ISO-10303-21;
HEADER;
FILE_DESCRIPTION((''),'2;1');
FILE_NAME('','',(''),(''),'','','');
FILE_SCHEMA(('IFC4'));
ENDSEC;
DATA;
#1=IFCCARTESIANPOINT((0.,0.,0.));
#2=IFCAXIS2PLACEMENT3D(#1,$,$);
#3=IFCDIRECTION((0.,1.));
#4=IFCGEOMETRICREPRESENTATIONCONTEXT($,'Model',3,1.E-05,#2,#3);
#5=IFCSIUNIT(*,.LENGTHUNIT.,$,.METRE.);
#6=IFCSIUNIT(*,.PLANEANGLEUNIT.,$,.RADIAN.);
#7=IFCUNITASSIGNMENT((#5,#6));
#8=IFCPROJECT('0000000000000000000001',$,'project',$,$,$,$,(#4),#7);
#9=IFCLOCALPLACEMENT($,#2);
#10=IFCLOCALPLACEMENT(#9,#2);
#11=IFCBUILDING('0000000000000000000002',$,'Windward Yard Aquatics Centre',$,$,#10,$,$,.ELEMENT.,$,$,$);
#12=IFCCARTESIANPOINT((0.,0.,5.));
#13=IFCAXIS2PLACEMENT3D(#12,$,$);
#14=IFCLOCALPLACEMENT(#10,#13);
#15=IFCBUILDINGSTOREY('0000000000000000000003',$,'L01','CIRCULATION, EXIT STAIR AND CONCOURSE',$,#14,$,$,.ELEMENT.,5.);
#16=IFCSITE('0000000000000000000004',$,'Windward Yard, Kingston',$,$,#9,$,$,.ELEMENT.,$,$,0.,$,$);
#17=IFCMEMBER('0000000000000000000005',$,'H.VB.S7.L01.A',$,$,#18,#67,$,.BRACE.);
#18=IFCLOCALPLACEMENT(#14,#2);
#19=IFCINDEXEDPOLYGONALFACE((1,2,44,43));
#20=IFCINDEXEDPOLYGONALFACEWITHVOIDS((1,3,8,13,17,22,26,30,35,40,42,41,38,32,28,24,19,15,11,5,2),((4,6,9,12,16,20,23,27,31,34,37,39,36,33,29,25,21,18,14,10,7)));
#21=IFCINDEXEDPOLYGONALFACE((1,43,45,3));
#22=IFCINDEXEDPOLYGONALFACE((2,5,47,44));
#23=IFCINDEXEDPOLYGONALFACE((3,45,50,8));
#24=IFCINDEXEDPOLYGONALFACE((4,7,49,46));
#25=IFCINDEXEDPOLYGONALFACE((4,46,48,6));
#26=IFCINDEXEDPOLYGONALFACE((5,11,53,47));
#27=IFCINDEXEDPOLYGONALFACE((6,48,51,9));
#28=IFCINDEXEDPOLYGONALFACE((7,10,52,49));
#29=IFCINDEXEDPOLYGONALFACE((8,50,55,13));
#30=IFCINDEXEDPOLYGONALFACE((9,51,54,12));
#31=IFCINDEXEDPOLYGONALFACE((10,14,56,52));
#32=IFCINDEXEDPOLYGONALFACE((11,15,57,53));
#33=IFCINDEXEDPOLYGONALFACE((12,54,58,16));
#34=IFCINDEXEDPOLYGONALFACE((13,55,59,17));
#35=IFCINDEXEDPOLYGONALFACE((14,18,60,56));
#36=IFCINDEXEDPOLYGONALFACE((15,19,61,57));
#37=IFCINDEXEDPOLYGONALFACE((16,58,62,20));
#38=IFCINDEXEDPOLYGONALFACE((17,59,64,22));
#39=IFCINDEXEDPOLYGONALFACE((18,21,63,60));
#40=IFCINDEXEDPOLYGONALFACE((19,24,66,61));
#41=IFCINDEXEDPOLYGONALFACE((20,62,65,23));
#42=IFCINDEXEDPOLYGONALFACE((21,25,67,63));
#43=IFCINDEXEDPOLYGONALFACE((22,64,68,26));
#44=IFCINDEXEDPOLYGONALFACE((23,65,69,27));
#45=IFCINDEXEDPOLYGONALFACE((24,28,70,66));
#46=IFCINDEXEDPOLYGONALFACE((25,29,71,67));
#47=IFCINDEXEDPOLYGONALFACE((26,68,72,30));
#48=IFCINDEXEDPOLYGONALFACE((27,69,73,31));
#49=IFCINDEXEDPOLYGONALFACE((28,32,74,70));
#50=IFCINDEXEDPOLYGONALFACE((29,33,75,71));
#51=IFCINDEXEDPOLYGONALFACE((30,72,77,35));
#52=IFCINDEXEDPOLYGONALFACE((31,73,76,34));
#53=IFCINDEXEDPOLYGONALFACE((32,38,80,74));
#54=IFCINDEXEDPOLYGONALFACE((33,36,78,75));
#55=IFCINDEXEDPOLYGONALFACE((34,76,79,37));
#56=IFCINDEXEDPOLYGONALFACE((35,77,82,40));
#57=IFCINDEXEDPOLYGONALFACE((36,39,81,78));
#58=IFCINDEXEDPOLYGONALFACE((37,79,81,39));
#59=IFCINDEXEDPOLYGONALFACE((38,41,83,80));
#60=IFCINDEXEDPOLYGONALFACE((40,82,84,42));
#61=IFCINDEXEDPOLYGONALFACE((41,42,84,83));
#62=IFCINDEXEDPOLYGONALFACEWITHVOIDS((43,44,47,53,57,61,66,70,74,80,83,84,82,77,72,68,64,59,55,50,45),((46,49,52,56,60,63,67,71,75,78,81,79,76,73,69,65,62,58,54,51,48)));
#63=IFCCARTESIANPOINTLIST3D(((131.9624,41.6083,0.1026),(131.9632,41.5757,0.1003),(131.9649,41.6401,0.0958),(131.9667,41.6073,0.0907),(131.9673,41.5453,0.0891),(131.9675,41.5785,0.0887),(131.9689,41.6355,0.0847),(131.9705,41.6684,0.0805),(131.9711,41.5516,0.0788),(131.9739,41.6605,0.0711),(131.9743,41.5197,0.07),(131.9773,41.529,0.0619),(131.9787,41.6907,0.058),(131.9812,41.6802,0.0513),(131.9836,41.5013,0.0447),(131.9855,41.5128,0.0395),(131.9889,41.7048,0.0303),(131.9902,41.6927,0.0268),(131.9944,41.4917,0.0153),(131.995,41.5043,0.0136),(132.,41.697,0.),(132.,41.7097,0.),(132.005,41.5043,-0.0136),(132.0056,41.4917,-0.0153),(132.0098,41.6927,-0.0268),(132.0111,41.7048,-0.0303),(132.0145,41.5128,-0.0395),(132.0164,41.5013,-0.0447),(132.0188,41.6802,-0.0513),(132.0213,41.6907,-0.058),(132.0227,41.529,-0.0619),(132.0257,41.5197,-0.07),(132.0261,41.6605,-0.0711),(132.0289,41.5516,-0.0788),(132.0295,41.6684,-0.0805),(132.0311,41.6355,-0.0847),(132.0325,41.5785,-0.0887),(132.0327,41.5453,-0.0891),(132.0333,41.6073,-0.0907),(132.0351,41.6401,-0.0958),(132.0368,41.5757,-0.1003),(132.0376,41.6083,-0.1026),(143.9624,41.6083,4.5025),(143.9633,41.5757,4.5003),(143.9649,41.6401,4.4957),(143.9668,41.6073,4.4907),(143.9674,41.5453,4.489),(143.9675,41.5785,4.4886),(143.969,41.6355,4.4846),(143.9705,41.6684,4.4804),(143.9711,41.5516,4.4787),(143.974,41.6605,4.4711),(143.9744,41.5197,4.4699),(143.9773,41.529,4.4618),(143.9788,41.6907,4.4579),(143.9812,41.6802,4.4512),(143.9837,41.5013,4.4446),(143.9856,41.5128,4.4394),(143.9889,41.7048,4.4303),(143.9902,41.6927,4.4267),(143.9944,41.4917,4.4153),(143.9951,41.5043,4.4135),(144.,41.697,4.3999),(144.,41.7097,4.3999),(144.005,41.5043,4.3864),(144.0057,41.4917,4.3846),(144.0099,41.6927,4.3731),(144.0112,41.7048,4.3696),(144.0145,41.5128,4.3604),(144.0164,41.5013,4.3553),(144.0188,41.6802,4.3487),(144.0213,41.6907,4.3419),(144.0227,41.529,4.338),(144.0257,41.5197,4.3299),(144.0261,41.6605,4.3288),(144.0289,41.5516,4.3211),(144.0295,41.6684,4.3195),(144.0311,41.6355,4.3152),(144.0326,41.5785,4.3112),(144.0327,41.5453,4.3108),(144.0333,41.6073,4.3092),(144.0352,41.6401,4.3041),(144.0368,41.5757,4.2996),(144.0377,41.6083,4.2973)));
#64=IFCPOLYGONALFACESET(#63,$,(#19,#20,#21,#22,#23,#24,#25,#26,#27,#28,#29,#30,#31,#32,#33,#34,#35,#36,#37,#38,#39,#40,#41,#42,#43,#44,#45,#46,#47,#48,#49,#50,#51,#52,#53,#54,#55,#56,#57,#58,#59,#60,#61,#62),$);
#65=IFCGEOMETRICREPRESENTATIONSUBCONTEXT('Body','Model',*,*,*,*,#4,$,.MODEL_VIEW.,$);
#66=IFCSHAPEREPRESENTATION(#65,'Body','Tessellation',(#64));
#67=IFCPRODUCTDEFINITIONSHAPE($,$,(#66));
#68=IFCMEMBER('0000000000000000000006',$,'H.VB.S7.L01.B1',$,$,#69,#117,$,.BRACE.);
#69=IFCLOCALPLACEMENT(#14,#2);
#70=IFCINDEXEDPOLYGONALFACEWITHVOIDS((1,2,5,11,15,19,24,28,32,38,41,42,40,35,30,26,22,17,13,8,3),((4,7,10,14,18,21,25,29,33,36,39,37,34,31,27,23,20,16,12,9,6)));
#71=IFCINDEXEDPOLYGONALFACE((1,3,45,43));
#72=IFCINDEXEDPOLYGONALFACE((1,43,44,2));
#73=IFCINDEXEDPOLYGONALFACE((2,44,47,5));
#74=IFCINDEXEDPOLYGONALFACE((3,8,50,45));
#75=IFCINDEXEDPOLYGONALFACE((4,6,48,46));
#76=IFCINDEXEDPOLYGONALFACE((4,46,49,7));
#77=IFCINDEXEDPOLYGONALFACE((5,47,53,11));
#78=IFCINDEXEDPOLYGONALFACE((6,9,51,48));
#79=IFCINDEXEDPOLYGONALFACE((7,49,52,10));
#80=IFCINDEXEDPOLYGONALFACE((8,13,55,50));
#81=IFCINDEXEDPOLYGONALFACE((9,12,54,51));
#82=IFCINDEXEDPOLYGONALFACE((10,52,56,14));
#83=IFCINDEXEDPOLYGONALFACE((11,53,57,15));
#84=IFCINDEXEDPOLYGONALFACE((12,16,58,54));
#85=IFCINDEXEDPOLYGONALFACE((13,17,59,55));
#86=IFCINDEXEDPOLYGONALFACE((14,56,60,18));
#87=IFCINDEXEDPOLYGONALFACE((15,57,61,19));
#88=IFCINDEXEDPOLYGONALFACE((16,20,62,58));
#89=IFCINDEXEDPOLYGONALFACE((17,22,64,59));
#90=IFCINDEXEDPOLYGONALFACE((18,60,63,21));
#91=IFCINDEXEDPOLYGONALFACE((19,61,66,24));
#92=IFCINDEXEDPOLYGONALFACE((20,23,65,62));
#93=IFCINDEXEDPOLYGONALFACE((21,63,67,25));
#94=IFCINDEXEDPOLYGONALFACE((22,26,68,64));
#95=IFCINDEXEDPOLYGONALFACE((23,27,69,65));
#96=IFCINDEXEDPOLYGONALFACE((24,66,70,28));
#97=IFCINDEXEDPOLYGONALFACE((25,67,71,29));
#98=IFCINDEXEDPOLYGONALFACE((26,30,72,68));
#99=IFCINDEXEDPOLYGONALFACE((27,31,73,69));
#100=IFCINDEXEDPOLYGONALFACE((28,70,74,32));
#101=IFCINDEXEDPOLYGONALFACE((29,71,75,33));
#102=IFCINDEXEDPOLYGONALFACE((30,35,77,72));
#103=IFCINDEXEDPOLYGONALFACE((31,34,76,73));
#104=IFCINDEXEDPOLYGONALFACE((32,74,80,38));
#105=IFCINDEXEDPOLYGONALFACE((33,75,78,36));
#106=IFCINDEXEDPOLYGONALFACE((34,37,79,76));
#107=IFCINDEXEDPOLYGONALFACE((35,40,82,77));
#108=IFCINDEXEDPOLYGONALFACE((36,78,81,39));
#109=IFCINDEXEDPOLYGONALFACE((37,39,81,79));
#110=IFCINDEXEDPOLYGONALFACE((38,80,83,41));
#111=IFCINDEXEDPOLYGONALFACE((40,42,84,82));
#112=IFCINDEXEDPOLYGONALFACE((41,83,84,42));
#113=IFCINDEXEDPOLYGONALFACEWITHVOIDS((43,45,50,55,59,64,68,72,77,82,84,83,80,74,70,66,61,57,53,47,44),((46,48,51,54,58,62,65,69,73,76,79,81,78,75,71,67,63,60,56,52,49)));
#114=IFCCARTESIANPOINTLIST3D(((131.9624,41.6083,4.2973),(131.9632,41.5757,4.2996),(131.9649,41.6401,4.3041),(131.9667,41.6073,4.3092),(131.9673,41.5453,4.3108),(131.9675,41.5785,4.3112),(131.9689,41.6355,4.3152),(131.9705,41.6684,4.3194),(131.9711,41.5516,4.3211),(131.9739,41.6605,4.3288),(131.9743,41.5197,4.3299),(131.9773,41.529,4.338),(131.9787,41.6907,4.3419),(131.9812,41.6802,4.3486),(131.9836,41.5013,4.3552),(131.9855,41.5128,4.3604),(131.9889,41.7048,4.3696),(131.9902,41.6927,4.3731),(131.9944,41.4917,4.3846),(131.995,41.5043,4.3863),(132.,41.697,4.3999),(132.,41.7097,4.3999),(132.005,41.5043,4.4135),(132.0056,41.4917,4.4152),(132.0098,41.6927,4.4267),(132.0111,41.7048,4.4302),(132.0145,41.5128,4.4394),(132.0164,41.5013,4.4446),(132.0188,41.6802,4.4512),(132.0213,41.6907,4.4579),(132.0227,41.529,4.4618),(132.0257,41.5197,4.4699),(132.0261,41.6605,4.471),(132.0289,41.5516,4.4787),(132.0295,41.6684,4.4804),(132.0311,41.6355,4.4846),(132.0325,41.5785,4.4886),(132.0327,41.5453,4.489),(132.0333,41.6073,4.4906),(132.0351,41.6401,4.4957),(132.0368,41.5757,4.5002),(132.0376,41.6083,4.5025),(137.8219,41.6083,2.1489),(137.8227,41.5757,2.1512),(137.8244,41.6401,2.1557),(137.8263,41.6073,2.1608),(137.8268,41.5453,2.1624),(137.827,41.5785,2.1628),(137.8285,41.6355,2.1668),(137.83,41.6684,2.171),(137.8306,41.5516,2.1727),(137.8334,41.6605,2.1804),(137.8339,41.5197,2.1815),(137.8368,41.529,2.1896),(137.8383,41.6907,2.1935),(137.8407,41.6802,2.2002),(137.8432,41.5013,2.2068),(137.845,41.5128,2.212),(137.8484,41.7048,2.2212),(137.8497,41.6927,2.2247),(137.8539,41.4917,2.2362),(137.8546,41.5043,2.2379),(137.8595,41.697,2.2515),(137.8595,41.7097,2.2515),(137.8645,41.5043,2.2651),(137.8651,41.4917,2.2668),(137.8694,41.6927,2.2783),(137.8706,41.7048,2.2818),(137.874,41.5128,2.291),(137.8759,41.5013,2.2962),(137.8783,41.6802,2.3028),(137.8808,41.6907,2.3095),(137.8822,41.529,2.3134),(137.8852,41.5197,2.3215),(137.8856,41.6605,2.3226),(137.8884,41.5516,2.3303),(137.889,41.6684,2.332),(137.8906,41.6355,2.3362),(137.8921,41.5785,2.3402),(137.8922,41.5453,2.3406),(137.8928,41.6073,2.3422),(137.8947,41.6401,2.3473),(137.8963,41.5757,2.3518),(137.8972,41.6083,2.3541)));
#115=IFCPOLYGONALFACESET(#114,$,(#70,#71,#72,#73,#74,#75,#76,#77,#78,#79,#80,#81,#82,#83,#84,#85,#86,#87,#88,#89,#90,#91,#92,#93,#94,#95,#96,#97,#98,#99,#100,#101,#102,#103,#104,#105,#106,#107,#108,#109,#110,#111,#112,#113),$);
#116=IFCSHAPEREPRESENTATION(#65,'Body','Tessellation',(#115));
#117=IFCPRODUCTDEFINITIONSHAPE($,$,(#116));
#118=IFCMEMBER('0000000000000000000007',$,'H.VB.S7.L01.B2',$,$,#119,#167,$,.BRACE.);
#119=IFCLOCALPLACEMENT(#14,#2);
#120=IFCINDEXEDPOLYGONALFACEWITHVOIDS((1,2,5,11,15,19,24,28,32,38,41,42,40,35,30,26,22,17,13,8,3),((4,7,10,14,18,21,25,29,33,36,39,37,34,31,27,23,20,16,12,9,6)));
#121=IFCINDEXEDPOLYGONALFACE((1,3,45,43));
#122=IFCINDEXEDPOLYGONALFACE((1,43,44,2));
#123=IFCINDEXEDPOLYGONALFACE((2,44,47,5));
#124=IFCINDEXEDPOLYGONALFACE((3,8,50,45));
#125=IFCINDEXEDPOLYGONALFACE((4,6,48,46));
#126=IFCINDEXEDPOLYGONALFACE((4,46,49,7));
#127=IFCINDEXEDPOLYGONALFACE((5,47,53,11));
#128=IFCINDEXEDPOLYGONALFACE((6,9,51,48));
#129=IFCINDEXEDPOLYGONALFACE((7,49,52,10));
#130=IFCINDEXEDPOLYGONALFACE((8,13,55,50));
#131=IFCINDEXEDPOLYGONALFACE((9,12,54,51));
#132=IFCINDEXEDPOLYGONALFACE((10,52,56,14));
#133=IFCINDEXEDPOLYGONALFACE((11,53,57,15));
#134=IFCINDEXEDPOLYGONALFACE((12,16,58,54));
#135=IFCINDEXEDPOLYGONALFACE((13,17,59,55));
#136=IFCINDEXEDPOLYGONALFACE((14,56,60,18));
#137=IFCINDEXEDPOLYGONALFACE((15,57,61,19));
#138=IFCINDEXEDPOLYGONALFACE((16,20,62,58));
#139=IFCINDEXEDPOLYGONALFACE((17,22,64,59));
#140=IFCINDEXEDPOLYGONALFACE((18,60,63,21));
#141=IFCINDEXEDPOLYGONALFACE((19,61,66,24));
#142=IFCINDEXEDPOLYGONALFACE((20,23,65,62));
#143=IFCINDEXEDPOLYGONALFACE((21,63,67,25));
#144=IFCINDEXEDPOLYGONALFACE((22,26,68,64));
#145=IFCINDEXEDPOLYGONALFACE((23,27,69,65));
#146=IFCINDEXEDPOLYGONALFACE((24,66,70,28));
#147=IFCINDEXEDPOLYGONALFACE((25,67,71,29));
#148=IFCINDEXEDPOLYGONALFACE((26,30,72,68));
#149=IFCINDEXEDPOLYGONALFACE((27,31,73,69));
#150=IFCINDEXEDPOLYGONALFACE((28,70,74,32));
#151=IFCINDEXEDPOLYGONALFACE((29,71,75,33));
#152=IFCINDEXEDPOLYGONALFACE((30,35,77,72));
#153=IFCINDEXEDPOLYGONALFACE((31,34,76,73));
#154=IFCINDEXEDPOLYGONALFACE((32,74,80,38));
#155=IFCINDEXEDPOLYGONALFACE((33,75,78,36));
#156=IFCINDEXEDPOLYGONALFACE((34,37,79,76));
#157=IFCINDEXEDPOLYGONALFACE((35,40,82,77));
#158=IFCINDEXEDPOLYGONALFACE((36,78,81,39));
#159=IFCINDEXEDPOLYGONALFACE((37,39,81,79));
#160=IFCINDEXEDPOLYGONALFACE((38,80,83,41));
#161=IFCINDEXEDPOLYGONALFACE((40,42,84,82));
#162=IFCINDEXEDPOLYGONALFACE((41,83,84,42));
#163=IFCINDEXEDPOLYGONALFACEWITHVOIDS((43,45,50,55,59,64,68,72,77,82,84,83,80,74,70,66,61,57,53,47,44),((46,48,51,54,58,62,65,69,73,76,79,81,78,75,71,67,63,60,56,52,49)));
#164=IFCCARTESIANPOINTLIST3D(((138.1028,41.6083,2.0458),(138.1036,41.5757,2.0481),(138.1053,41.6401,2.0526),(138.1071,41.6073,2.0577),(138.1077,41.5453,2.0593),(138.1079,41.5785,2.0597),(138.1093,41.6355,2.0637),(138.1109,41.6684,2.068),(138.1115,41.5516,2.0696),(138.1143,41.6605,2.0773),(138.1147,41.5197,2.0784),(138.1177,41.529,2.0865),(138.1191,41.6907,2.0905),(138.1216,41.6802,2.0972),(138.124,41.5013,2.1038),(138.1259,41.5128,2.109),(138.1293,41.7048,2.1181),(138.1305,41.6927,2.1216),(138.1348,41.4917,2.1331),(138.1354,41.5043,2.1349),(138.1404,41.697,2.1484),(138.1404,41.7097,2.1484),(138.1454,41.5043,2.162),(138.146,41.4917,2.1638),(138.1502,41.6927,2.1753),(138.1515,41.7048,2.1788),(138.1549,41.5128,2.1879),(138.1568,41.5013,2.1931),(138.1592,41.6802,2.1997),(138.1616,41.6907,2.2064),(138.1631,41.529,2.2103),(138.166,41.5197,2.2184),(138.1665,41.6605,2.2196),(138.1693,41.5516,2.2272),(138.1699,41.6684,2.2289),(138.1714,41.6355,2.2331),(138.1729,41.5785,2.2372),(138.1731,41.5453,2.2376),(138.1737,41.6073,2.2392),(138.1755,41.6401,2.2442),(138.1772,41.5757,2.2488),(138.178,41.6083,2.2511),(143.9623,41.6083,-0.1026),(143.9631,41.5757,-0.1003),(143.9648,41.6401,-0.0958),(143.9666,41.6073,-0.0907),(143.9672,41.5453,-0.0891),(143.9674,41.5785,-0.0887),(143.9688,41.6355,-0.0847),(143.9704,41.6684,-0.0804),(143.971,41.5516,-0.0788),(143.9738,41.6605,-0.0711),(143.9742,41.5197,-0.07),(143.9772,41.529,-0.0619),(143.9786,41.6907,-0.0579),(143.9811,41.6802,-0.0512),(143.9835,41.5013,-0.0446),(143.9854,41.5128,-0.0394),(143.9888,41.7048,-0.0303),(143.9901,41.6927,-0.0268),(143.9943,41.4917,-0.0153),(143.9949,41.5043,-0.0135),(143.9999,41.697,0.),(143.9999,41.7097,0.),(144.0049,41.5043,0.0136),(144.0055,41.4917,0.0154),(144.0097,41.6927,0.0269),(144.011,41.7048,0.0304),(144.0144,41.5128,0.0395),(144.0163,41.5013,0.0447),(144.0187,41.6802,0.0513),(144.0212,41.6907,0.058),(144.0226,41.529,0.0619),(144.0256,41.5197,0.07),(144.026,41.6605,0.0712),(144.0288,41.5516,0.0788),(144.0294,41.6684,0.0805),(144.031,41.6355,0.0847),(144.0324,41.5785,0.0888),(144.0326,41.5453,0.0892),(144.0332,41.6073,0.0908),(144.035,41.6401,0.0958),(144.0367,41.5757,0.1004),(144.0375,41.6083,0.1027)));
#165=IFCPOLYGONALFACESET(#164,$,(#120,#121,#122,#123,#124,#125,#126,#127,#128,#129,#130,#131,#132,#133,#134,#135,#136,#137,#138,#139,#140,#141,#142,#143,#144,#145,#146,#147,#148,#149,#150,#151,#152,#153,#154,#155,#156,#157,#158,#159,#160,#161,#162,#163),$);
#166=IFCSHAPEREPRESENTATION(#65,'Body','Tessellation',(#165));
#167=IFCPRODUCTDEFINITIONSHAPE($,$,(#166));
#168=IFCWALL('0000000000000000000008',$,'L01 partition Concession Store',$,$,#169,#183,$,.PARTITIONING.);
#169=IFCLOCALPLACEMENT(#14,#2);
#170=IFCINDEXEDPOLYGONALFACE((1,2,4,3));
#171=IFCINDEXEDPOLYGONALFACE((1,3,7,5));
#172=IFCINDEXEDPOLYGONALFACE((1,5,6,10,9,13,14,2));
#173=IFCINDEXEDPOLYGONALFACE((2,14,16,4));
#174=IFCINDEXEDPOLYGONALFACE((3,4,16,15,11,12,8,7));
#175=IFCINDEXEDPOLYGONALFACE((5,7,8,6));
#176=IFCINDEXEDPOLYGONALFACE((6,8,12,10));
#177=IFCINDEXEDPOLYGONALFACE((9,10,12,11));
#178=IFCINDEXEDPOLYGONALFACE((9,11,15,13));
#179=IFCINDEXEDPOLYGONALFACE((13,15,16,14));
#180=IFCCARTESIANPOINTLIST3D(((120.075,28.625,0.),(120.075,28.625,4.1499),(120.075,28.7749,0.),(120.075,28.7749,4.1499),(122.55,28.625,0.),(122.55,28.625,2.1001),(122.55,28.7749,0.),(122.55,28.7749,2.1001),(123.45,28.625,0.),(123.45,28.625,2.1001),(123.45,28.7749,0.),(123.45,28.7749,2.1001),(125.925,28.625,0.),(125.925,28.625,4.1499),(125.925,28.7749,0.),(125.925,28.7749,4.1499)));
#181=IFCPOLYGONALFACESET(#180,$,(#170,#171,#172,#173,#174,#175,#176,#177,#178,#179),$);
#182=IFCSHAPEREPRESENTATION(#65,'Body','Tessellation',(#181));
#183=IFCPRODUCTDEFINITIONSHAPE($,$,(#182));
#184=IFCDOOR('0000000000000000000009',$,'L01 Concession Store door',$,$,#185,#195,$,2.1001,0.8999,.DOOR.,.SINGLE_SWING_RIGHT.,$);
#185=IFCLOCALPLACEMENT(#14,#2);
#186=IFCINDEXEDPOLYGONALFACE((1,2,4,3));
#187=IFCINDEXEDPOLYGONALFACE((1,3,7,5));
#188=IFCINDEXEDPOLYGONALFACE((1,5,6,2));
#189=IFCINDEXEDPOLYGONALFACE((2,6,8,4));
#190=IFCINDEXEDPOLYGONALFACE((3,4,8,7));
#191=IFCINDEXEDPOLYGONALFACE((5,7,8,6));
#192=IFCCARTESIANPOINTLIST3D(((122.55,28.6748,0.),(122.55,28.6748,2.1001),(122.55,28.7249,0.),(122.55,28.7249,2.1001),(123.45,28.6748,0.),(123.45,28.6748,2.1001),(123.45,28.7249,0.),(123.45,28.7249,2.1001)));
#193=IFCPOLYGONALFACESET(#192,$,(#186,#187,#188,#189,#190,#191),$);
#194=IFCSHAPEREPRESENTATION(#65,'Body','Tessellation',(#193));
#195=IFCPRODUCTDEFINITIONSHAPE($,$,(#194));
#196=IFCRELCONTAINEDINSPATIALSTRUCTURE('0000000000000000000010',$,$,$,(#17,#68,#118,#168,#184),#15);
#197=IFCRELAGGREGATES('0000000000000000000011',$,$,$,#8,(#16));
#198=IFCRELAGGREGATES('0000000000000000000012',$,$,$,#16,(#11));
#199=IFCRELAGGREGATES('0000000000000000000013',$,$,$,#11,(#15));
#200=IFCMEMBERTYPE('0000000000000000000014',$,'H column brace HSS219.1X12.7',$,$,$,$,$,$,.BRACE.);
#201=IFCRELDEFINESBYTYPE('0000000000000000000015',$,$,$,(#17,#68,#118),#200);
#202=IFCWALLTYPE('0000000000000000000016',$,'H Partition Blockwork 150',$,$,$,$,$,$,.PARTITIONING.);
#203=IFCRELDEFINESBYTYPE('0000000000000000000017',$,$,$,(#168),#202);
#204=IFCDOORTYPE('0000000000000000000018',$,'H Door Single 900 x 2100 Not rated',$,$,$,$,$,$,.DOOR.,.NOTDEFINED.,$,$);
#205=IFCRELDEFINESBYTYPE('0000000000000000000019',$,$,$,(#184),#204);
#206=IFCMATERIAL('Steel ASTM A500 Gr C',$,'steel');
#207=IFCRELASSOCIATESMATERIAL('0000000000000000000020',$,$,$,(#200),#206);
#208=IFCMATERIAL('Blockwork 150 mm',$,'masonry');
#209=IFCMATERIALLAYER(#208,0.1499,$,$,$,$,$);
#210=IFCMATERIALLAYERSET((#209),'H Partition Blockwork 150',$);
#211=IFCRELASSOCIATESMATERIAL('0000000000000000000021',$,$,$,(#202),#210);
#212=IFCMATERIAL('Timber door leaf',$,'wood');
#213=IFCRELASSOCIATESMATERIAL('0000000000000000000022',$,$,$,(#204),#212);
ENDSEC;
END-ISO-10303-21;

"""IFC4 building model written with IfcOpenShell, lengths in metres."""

from ifc_helpers import new_model, si_unit, direction, frame, frame_2d, origin, origin_2d, place, context, subcontext, project, spatial, rectangle, hollow_circle, extrude, material, layer, layer_set, material_profile, profile_set, type_object, element, fill, save


model = new_model("IFC4")

# Units and contexts
model_context = context("Model", 3, precision=1e-05, world=origin(), true_north=direction((0.0, 1.0)))
body_context = subcontext(model_context, "Body", "Model", "MODEL_VIEW")
ifc_project = project(units=[si_unit("LENGTHUNIT", "METRE"), si_unit("PLANEANGLEUNIT", "RADIAN")], contexts=[model_context])

# Site, building, storey
site_placement = place(None, origin())
site = spatial("IfcSite", under=ifc_project, at=site_placement, Name="Windward Yard, Kingston", CompositionType="ELEMENT", RefElevation=0.0)
building_placement = place(site_placement, origin())
building = spatial("IfcBuilding", under=site, at=building_placement, Name="Windward Yard Aquatics Centre", CompositionType="ELEMENT")
storey_placement = place(building_placement, frame((0.0, 0.0, 5.0)))
storey = spatial("IfcBuildingStorey", under=building, at=storey_placement, Name="L01", Description="CIRCULATION, EXIT STAIR AND CONCOURSE", CompositionType="ELEMENT", Elevation=5.0)

# Shared definitions
ifc_material_1 = material(Name="Steel ASTM A500 Gr C", Category="steel")

# Members
ifc_material_profile_1 = material_profile(ifc_material_1, hollow_circle(Radius=0.1096, WallThickness=0.0127, at=origin_2d()), Name="HSS219.1X12.7")
ifc_profile_set_1 = profile_set([ifc_material_profile_1], Name="Steel ASTM A500 Gr C")
member_type = type_object("IfcMemberType", Name="H column brace HSS219.1X12.7", PredefinedType="BRACE", material=ifc_profile_set_1)
member_placement = place(storey_placement, frame((132.0, 41.6001, 0.0), z_axis=(0.938879, 0.0, 0.344248), x_axis=(0.0, 1.0, 0.0)))
element("IfcMember", 1, at=member_placement, inside=storey, type_object=member_type, Name="H.VB.S7.L01.A", PredefinedType="BRACE", context=body_context, shape_type="SweptSolid", body=[
    extrude(hollow_circle(Radius=0.1096, WallThickness=0.0127, at=origin_2d()), origin(), (0.0, 0.0, 1.0), 12.7812),
])
for number, where, z_axis, x_axis, name in (
    (2, (132.0, 41.6001, 4.3999), (0.938881, 0.0, -0.344242), (0.0, 1.0, 0.0), "H.VB.S7.L01.B1"),
    (3, (138.1404, 41.6001, 2.1484), (0.938881, 0.0, -0.344242), (0.0, 1.0, 0.0), "H.VB.S7.L01.B2"),
):
    element("IfcMember", number, at=place(storey_placement, frame(where, z_axis=z_axis, x_axis=x_axis)), inside=storey, type_object=member_type, Name=name, PredefinedType="BRACE", context=body_context, shape_type="SweptSolid", body=[
        extrude(hollow_circle(Radius=0.1096, WallThickness=0.0127, at=origin_2d()), origin(), (0.0, 0.0, 1.0), 6.241),
    ])

# Wall, opening, door
ifc_material_2 = material(Name="Blockwork 150 mm", Category="masonry")
ifc_layer_1 = layer(ifc_material_2, 0.1499)
ifc_layer_set_1 = layer_set([ifc_layer_1], Name="H Partition Blockwork 150")
wall_type = type_object("IfcWallType", Name="H Partition Blockwork 150", PredefinedType="PARTITIONING", material=ifc_layer_set_1)
wall_placement = place(storey_placement, frame((120.075, 28.7, 0.0), z_axis=(0.0, 0.0, 1.0), x_axis=(1.0, 0.0, 0.0)))
wall = element("IfcWall", 4, at=wall_placement, inside=storey, type_object=wall_type, Name="L01 partition Concession Store", PredefinedType="PARTITIONING", context=body_context, shape_type="SweptSolid", body=[
    extrude(rectangle(XDim=5.8501, YDim=0.1499, at=frame_2d((2.925, 0.0))), origin(), (0.0, 0.0, 1.0), 4.1499),
])
opening_placement = place(wall_placement, frame((2.4751, 0.0, 0.0)))
opening = element("IfcOpeningElement", 5, at=opening_placement, cuts=wall, PredefinedType="OPENING", context=body_context, shape_type="SweptSolid", body=[
    extrude(rectangle(XDim=0.8999, YDim=2.1001, at=frame_2d((0.45, 1.05))), frame((0.0, 0.085, 0.0), z_axis=(0.0, -1.0, 0.0), x_axis=(1.0, 0.0, 0.0)), (0.0, 0.0, 1.0), 0.1699),
])
ifc_material_3 = material(Name="Timber door leaf", Category="wood")
door_type = type_object("IfcDoorType", Name="H Door Single 900 x 2100 Not rated", OperationType="NOTDEFINED", PredefinedType="DOOR", material=ifc_material_3)
door_placement = place(opening_placement, origin())
door = element("IfcDoor", 6, at=door_placement, inside=storey, type_object=door_type, Name="L01 Concession Store door", OperationType="SINGLE_SWING_RIGHT", OverallHeight=2.1001, OverallWidth=0.8999, PredefinedType="DOOR", context=body_context, shape_type="SweptSolid", body=[
    extrude(rectangle(XDim=0.8999, YDim=2.1001, at=frame_2d((0.45, 1.05))), frame((0.0, 0.0249, 0.0), z_axis=(0.0, -1.0, 0.0), x_axis=(1.0, 0.0, 0.0)), (0.0, 0.0, 1.0), 0.05),
])
fill(opening, door)

save(model, "model.ifc")
